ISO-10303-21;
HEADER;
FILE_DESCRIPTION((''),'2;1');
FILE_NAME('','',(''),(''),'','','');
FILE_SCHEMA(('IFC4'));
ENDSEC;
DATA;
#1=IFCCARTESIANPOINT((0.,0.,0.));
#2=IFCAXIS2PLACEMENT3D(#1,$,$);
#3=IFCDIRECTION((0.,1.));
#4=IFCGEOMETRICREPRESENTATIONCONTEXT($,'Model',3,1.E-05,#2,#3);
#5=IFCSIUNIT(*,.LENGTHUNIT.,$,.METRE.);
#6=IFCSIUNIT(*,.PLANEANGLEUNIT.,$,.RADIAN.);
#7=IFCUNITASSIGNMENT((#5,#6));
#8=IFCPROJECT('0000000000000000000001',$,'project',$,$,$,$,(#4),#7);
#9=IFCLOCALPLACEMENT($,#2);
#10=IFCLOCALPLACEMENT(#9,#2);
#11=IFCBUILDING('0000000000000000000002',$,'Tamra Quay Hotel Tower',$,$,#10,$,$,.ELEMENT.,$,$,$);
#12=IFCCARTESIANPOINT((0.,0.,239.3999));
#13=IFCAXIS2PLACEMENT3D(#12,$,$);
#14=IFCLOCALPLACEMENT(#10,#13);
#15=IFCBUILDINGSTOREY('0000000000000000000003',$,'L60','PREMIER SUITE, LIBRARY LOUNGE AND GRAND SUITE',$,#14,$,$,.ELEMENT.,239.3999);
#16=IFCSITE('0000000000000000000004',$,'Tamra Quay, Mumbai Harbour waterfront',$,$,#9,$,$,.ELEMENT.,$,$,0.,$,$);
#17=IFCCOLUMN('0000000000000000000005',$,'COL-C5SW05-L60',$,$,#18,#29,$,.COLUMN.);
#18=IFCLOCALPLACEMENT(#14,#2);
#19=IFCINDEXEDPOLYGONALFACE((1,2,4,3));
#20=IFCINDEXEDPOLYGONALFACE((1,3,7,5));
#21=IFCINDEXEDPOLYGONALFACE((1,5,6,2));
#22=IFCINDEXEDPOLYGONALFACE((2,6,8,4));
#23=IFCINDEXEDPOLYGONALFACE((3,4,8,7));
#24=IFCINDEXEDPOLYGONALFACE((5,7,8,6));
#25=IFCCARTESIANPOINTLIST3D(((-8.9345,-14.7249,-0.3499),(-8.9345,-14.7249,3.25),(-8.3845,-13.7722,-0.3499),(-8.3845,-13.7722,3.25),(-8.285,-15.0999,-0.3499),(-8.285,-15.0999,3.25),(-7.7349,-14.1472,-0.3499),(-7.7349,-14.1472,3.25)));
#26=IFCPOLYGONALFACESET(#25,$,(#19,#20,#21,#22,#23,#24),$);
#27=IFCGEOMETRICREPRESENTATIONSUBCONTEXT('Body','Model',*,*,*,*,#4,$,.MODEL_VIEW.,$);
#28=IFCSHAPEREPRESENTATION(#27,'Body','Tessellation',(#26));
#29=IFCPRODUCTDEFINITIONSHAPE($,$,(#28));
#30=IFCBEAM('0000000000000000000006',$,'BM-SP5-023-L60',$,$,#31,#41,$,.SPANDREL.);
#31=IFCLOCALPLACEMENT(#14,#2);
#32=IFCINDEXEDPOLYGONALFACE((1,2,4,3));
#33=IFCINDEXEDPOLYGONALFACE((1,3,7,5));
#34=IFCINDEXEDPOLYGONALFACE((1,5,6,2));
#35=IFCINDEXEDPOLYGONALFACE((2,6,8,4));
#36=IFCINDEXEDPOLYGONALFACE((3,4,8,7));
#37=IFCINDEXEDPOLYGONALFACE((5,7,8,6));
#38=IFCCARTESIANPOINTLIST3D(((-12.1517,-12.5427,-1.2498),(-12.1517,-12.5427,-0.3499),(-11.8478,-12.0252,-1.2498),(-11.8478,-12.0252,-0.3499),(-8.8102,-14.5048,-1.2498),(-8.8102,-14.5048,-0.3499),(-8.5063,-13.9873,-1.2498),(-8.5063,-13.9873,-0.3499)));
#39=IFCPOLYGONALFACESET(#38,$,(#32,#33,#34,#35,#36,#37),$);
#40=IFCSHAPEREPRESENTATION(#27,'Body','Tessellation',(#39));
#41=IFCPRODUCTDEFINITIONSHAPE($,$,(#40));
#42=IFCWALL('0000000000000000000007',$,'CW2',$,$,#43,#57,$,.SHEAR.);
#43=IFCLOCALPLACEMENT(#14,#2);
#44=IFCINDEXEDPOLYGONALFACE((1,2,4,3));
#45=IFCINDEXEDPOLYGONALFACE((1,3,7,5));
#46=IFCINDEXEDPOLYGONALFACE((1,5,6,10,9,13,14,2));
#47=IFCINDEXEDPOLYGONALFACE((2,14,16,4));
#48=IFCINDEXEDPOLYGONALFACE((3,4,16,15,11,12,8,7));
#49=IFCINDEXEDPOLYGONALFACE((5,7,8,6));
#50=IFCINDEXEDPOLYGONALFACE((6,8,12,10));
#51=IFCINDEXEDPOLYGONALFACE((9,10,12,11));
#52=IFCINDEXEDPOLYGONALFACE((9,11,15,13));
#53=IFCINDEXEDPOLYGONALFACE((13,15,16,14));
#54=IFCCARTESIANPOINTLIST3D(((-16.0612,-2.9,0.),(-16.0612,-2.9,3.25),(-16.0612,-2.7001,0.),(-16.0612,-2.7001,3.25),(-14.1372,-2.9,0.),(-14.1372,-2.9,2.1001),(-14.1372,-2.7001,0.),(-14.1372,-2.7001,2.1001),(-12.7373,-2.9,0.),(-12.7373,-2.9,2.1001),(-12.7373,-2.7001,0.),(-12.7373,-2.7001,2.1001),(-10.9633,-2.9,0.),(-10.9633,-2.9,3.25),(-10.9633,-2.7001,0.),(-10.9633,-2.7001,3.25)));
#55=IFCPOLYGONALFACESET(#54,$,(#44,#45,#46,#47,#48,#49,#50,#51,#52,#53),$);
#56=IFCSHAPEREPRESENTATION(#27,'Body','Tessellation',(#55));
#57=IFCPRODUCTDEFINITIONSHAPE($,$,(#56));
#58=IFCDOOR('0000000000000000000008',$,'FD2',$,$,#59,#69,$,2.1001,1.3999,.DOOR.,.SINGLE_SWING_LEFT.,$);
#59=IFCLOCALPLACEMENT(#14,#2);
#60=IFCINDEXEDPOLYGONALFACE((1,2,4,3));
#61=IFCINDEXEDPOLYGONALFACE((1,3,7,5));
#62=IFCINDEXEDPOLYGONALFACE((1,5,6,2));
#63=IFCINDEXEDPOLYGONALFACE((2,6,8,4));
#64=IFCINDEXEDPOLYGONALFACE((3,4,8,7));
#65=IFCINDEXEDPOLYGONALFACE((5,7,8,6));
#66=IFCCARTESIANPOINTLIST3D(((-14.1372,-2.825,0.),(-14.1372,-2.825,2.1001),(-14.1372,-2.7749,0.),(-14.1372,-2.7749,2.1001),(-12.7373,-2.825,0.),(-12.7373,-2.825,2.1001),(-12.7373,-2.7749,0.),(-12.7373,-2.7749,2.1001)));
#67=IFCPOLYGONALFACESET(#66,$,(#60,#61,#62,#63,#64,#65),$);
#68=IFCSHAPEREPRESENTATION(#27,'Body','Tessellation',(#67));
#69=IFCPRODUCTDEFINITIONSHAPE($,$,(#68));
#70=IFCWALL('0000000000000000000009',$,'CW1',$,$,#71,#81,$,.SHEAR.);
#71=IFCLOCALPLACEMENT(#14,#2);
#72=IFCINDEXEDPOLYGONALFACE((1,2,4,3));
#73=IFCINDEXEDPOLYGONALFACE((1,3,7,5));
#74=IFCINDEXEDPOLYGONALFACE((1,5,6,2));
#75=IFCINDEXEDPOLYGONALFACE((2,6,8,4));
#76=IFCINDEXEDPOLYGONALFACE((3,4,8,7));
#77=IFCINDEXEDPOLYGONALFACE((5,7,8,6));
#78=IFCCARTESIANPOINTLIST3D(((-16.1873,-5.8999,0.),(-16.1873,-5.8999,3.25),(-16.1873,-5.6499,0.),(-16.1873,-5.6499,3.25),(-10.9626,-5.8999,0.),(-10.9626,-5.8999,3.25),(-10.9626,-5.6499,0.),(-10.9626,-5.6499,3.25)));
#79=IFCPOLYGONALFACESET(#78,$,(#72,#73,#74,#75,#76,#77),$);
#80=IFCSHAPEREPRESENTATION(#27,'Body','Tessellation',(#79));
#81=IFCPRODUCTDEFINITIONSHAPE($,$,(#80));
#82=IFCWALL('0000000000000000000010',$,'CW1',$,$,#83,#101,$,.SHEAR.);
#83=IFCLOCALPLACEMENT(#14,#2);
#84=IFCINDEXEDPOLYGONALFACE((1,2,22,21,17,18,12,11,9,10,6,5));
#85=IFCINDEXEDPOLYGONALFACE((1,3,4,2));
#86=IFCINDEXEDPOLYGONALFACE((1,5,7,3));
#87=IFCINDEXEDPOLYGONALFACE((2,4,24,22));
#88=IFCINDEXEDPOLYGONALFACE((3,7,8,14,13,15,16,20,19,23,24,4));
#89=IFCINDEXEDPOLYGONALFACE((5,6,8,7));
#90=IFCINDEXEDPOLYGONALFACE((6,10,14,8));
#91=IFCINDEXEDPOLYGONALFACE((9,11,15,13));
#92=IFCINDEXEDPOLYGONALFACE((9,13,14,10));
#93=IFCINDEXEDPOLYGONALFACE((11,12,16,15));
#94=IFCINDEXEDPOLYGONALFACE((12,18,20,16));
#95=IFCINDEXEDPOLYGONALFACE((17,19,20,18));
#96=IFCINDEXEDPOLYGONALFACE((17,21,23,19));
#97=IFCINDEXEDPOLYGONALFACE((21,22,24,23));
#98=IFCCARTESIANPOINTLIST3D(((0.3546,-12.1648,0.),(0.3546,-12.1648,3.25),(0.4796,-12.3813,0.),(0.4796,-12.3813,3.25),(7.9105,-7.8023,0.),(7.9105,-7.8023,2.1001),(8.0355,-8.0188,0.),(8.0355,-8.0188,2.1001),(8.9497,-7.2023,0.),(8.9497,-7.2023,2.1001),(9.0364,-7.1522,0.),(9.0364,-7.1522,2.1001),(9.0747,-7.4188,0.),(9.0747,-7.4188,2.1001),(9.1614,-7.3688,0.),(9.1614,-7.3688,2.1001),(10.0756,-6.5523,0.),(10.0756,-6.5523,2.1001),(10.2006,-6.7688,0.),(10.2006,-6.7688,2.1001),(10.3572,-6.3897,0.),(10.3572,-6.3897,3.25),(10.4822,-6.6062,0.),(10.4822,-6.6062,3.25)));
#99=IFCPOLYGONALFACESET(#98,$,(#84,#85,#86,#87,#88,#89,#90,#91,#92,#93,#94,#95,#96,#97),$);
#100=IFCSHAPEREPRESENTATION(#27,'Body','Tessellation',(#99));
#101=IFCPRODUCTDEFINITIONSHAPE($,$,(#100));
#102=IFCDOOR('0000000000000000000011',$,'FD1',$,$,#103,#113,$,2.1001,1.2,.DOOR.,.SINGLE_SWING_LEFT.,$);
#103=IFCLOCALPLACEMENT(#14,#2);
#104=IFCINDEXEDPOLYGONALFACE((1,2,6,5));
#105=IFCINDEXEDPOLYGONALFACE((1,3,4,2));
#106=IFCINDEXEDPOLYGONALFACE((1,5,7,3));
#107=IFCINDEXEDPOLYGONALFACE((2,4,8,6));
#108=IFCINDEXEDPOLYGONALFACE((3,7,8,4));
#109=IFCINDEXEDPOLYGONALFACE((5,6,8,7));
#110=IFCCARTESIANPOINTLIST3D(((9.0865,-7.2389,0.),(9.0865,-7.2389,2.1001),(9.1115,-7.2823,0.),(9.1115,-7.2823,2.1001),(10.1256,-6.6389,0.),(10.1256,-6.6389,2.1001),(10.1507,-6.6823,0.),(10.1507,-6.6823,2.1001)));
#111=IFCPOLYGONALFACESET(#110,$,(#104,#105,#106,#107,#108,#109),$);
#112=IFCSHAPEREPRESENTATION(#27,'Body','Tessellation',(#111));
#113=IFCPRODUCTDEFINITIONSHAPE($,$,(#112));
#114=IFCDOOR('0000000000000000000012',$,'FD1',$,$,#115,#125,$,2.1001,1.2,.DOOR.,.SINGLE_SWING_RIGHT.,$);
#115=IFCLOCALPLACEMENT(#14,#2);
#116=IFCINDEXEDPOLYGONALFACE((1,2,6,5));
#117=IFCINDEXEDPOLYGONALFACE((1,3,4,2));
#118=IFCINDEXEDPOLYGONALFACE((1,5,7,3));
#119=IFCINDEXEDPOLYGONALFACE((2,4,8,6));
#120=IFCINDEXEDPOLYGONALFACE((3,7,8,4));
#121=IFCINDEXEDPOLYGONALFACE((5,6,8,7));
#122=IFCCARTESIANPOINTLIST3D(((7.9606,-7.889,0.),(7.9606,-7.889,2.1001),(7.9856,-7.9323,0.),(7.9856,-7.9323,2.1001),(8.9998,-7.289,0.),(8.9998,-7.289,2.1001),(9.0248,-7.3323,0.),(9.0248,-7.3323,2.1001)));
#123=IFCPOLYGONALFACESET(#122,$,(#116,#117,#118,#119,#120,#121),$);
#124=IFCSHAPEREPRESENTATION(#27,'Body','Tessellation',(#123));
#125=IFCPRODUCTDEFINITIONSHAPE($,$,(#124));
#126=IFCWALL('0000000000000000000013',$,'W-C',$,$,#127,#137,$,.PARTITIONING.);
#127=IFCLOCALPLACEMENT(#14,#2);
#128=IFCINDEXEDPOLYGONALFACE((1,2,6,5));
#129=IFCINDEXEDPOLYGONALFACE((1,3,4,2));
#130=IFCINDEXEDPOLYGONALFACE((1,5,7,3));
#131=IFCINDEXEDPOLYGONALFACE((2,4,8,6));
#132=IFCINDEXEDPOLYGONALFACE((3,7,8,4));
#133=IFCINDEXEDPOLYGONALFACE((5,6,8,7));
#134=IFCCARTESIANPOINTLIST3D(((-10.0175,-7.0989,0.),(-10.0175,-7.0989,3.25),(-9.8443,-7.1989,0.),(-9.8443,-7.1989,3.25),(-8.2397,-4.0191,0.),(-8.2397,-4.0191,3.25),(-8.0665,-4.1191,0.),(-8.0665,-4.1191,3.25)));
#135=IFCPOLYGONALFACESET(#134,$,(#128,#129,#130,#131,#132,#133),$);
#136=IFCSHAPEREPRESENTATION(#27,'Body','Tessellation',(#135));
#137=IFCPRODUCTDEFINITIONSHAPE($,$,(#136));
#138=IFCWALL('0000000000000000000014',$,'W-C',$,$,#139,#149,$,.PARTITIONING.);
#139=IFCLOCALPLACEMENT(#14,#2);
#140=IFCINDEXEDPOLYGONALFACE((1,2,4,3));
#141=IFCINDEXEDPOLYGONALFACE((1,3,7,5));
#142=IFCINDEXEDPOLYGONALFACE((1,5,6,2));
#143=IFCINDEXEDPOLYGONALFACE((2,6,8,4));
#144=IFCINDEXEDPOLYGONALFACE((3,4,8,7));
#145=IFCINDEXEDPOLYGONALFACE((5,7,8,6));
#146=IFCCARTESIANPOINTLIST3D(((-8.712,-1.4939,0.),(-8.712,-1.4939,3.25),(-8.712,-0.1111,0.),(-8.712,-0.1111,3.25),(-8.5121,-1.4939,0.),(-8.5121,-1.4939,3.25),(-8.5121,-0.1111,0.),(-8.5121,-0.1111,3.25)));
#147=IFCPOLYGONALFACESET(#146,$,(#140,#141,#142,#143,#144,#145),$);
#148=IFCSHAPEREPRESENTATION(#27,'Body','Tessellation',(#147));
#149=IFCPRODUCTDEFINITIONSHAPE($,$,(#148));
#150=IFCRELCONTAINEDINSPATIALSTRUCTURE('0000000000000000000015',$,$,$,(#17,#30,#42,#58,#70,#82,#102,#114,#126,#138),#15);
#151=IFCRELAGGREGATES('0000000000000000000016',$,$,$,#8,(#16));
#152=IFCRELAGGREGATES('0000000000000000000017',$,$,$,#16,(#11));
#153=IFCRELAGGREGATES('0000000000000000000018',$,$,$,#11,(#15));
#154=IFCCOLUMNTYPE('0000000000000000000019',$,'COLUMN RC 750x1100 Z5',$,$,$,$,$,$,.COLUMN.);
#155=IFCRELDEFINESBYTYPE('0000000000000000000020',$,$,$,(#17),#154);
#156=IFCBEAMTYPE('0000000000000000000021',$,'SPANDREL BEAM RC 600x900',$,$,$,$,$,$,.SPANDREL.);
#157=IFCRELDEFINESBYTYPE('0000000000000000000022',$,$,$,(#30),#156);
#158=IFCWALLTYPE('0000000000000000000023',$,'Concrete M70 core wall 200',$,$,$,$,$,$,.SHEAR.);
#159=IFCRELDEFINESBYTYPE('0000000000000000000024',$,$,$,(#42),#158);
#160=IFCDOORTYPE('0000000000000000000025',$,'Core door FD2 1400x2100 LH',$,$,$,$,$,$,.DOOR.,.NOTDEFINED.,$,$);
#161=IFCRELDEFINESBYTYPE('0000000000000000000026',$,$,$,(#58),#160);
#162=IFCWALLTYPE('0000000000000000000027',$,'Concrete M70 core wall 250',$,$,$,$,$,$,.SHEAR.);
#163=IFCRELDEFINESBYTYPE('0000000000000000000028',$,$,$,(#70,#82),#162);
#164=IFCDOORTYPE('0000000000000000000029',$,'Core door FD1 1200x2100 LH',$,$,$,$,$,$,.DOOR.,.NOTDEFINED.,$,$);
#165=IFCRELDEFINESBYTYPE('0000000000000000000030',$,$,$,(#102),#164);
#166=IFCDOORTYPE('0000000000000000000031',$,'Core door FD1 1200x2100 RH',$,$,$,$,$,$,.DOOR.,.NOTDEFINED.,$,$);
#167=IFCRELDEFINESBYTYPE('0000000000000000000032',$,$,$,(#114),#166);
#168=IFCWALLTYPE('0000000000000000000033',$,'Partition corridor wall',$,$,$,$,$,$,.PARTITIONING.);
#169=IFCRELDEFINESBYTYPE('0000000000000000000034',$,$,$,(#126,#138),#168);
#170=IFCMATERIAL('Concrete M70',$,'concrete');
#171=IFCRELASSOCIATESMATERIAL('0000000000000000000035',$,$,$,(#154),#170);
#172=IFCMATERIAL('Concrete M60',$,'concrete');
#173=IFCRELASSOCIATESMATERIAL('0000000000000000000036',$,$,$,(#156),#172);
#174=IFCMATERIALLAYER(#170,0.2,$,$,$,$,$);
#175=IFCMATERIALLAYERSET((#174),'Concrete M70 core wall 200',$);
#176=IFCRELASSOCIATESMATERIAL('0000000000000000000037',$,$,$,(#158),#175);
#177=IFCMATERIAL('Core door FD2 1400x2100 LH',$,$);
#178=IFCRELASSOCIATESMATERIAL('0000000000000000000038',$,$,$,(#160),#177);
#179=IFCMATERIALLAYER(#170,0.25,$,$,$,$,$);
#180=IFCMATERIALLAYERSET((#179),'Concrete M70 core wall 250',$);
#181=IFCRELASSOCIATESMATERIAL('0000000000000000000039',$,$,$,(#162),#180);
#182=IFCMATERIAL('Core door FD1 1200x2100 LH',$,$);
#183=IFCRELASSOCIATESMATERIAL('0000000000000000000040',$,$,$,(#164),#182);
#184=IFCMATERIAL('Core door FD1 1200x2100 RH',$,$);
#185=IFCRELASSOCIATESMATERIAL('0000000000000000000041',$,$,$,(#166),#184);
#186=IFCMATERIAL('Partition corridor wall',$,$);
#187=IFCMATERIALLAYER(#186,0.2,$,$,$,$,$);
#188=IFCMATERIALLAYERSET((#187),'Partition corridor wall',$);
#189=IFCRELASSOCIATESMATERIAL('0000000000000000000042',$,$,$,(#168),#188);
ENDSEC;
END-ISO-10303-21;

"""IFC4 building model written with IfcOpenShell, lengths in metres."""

from ifc_helpers import new_model, si_unit, direction, frame, frame_2d, origin, origin_2d, place, context, subcontext, project, spatial, rectangle, extrude, material, layer, layer_set, material_profile, profile_set, type_object, element, fill, save


model = new_model("IFC4")

# Units and contexts
model_context = context("Model", 3, precision=1e-05, world=origin(), true_north=direction((0.0, 1.0)))
body_context = subcontext(model_context, "Body", "Model", "MODEL_VIEW")
ifc_project = project(units=[si_unit("LENGTHUNIT", "METRE"), si_unit("PLANEANGLEUNIT", "RADIAN")], contexts=[model_context])

# Site, building, storey
site_placement = place(None, origin())
site = spatial("IfcSite", under=ifc_project, at=site_placement, Name="Tamra Quay, Mumbai Harbour waterfront", CompositionType="ELEMENT", RefElevation=0.0)
building_placement = place(site_placement, origin())
building = spatial("IfcBuilding", under=site, at=building_placement, Name="Tamra Quay Hotel Tower", CompositionType="ELEMENT")
storey_placement = place(building_placement, frame((0.0, 0.0, 239.3999)))
storey = spatial("IfcBuildingStorey", under=building, at=storey_placement, Name="L60", Description="PREMIER SUITE, LIBRARY LOUNGE AND GRAND SUITE", CompositionType="ELEMENT", Elevation=239.3999)

# Column
ifc_material_1 = material(Name="Concrete M70", Category="concrete")
ifc_material_profile_1 = material_profile(ifc_material_1, rectangle(XDim=1.1001, YDim=0.75, at=origin_2d()), Name="COLUMN RC 750x1100 Z5")
ifc_profile_set_1 = profile_set([ifc_material_profile_1], Name="Concrete M70")
column_type = type_object("IfcColumnType", Name="COLUMN RC 750x1100 Z5", PredefinedType="COLUMN", material=ifc_profile_set_1)
column_placement = place(storey_placement, frame((-8.3347, -14.436, -0.3499), z_axis=(0.0, 0.0, 1.0), x_axis=(0.5, 0.866025, 0.0)))
element("IfcColumn", 1, at=column_placement, inside=storey, type_object=column_type, Name="COL-C5SW05-L60", PredefinedType="COLUMN", context=body_context, shape_type="SweptSolid", body=[
    extrude(rectangle(XDim=1.1001, YDim=0.75, at=origin_2d()), origin(), (0.0, 0.0, 1.0), 3.5999),
])

# Beam
ifc_material_2 = material(Name="Concrete M60", Category="concrete")
ifc_material_profile_2 = material_profile(ifc_material_2, rectangle(XDim=0.6001, YDim=0.8999, at=origin_2d()), Name="SPANDREL BEAM RC 600x900")
ifc_profile_set_2 = profile_set([ifc_material_profile_2], Name="Concrete M60")
beam_type = type_object("IfcBeamType", Name="SPANDREL BEAM RC 600x900", PredefinedType="SPANDREL", material=ifc_profile_set_2)
beam_placement = place(storey_placement, frame((-11.9998, -12.2839, -0.7998), z_axis=(0.862324, -0.506356, 0.0), x_axis=(0.506356, 0.862324, 0.0)))
element("IfcBeam", 2, at=beam_placement, inside=storey, type_object=beam_type, Name="BM-SP5-023-L60", PredefinedType="SPANDREL", context=body_context, shape_type="SweptSolid", body=[
    extrude(rectangle(XDim=0.6001, YDim=0.8999, at=origin_2d()), origin(), (0.0, 0.0, 1.0), 3.875),
])

# Wall, opening, door
ifc_layer_1 = layer(ifc_material_1, 0.2)
ifc_layer_set_1 = layer_set([ifc_layer_1], Name="Concrete M70 core wall 200")
wall_type_1 = type_object("IfcWallType", Name="Concrete M70 core wall 200", PredefinedType="SHEAR", material=ifc_layer_set_1)
wall_1_placement = place(storey_placement, frame((-10.9634, -2.8, 0.0), z_axis=(0.0, 0.0, 1.0), x_axis=(-1.0, 0.0, 0.0)))
wall_1 = element("IfcWall", 3, at=wall_1_placement, inside=storey, type_object=wall_type_1, Name="CW2", PredefinedType="SHEAR", context=body_context, shape_type="SweptSolid", body=[
    extrude(rectangle(XDim=5.0979, YDim=0.2, at=frame_2d((2.5488, 0.0))), origin(), (0.0, 0.0, 1.0), 3.25),
])
opening_1_placement = place(wall_1_placement, frame((1.7739, 0.0, 0.0)))
opening_1 = element("IfcOpeningElement", 4, at=opening_1_placement, cuts=wall_1, PredefinedType="OPENING", context=body_context, shape_type="SweptSolid", body=[
    extrude(rectangle(XDim=1.3999, YDim=2.1001, at=frame_2d((0.7, 1.05))), frame((0.0, 0.1099, 0.0), z_axis=(0.0, -1.0, 0.0), x_axis=(1.0, 0.0, 0.0)), (0.0, 0.0, 1.0), 0.22),
])
ifc_material_3 = material(Name="Core door FD2 1400x2100 LH")
door_type_1 = type_object("IfcDoorType", Name="Core door FD2 1400x2100 LH", OperationType="NOTDEFINED", PredefinedType="DOOR", material=ifc_material_3)
door_1_placement = place(opening_1_placement, origin())
door_1 = element("IfcDoor", 5, at=door_1_placement, inside=storey, type_object=door_type_1, Name="FD2", OperationType="SINGLE_SWING_LEFT", OverallHeight=2.1001, OverallWidth=1.3999, PredefinedType="DOOR", context=body_context, shape_type="SweptSolid", body=[
    extrude(rectangle(XDim=1.3999, YDim=2.1001, at=frame_2d((0.7, 1.05))), frame((0.0, 0.0249, 0.0), z_axis=(0.0, -1.0, 0.0), x_axis=(1.0, 0.0, 0.0)), (0.0, 0.0, 1.0), 0.05),
])
fill(opening_1, door_1)

# Wall
ifc_layer_2 = layer(ifc_material_1, 0.25)
ifc_layer_set_2 = layer_set([ifc_layer_2], Name="Concrete M70 core wall 250")
wall_type_2 = type_object("IfcWallType", Name="Concrete M70 core wall 250", PredefinedType="SHEAR", material=ifc_layer_set_2)
wall_2_placement = place(storey_placement, frame((-10.9626, -5.7749, 0.0), z_axis=(0.0, 0.0, 1.0), x_axis=(-1.0, 0.0, 0.0)))
element("IfcWall", 6, at=wall_2_placement, inside=storey, type_object=wall_type_2, Name="CW1", PredefinedType="SHEAR", context=body_context, shape_type="SweptSolid", body=[
    extrude(rectangle(XDim=5.2246, YDim=0.25, at=frame_2d((2.6123, 0.0))), origin(), (0.0, 0.0, 1.0), 3.25),
])

# Wall, openings, doors
wall_3_placement = place(storey_placement, frame((0.4172, -12.2729, 0.0), z_axis=(0.0, 0.0, 1.0), x_axis=(0.866022, 0.500006, 0.0)))
wall_3 = element("IfcWall", 7, at=wall_3_placement, inside=storey, type_object=wall_type_2, Name="CW1", PredefinedType="SHEAR", context=body_context, shape_type="SweptSolid", body=[
    extrude(rectangle(XDim=11.55, YDim=0.25, at=frame_2d((5.7749, 0.0))), origin(), (0.0, 0.0, 1.0), 3.25),
])
opening_2_placement = place(wall_3_placement, frame((10.0247, 0.0, 0.0)))
opening_2 = element("IfcOpeningElement", 8, at=opening_2_placement, cuts=wall_3, PredefinedType="OPENING", context=body_context, shape_type="SweptSolid", body=[
    extrude(rectangle(XDim=1.2, YDim=2.1001, at=frame_2d((0.6001, 1.05))), frame((0.0, 0.135, 0.0), z_axis=(0.0, -1.0, 0.0), x_axis=(1.0, 0.0, 0.0)), (0.0, 0.0, 1.0), 0.27),
])
opening_3_placement = place(wall_3_placement, frame((8.7246, 0.0, 0.0)))
opening_3 = element("IfcOpeningElement", 9, at=opening_3_placement, cuts=wall_3, PredefinedType="OPENING", context=body_context, shape_type="SweptSolid", body=[
    extrude(rectangle(XDim=1.2, YDim=2.1001, at=frame_2d((0.6001, 1.05))), frame((0.0, 0.135, 0.0), z_axis=(0.0, -1.0, 0.0), x_axis=(1.0, 0.0, 0.0)), (0.0, 0.0, 1.0), 0.27),
])
ifc_material_4 = material(Name="Core door FD1 1200x2100 LH")
door_type_2 = type_object("IfcDoorType", Name="Core door FD1 1200x2100 LH", OperationType="NOTDEFINED", PredefinedType="DOOR", material=ifc_material_4)
door_2_placement = place(opening_2_placement, origin())
door_2 = element("IfcDoor", 10, at=door_2_placement, inside=storey, type_object=door_type_2, Name="FD1", OperationType="SINGLE_SWING_LEFT", OverallHeight=2.1001, OverallWidth=1.2, PredefinedType="DOOR", context=body_context, shape_type="SweptSolid", body=[
    extrude(rectangle(XDim=1.2, YDim=2.1001, at=frame_2d((0.6001, 1.05))), frame((0.0, 0.0249, 0.0), z_axis=(0.0, -1.0, 0.0), x_axis=(1.0, 0.0, 0.0)), (0.0, 0.0, 1.0), 0.05),
])
fill(opening_2, door_2)
ifc_material_5 = material(Name="Core door FD1 1200x2100 RH")
door_type_3 = type_object("IfcDoorType", Name="Core door FD1 1200x2100 RH", OperationType="NOTDEFINED", PredefinedType="DOOR", material=ifc_material_5)
door_3_placement = place(opening_3_placement, origin())
door_3 = element("IfcDoor", 11, at=door_3_placement, inside=storey, type_object=door_type_3, Name="FD1", OperationType="SINGLE_SWING_RIGHT", OverallHeight=2.1001, OverallWidth=1.2, PredefinedType="DOOR", context=body_context, shape_type="SweptSolid", body=[
    extrude(rectangle(XDim=1.2, YDim=2.1001, at=frame_2d((0.6001, 1.05))), frame((0.0, 0.0249, 0.0), z_axis=(0.0, -1.0, 0.0), x_axis=(1.0, 0.0, 0.0)), (0.0, 0.0, 1.0), 0.05),
])
fill(opening_3, door_3)

# Walls
ifc_material_6 = material(Name="Partition corridor wall")
ifc_layer_3 = layer(ifc_material_6, 0.2)
ifc_layer_set_3 = layer_set([ifc_layer_3], Name="Partition corridor wall")
wall_type_3 = type_object("IfcWallType", Name="Partition corridor wall", PredefinedType="PARTITIONING", material=ifc_layer_set_3)
wall_4_placement = place(storey_placement, frame((-9.9309, -7.1489, 0.0), z_axis=(0.0, 0.0, 1.0), x_axis=(0.499934, 0.866063, 0.0)))
element("IfcWall", 12, at=wall_4_placement, inside=storey, type_object=wall_type_3, Name="W-C", PredefinedType="PARTITIONING", context=body_context, shape_type="SweptSolid", body=[
    extrude(rectangle(XDim=3.5562, YDim=0.2, at=frame_2d((1.7781, 0.0))), origin(), (0.0, 0.0, 1.0), 3.25),
])
wall_5_placement = place(storey_placement, frame((-8.6121, -1.4939, 0.0), z_axis=(0.0, 0.0, 1.0), x_axis=(0.0, 1.0, 0.0)))
element("IfcWall", 13, at=wall_5_placement, inside=storey, type_object=wall_type_3, Name="W-C", PredefinedType="PARTITIONING", context=body_context, shape_type="SweptSolid", body=[
    extrude(rectangle(XDim=1.3828, YDim=0.2, at=frame_2d((0.6914, 0.0))), origin(), (0.0, 0.0, 1.0), 3.25),
])

save(model, "model.ifc")
